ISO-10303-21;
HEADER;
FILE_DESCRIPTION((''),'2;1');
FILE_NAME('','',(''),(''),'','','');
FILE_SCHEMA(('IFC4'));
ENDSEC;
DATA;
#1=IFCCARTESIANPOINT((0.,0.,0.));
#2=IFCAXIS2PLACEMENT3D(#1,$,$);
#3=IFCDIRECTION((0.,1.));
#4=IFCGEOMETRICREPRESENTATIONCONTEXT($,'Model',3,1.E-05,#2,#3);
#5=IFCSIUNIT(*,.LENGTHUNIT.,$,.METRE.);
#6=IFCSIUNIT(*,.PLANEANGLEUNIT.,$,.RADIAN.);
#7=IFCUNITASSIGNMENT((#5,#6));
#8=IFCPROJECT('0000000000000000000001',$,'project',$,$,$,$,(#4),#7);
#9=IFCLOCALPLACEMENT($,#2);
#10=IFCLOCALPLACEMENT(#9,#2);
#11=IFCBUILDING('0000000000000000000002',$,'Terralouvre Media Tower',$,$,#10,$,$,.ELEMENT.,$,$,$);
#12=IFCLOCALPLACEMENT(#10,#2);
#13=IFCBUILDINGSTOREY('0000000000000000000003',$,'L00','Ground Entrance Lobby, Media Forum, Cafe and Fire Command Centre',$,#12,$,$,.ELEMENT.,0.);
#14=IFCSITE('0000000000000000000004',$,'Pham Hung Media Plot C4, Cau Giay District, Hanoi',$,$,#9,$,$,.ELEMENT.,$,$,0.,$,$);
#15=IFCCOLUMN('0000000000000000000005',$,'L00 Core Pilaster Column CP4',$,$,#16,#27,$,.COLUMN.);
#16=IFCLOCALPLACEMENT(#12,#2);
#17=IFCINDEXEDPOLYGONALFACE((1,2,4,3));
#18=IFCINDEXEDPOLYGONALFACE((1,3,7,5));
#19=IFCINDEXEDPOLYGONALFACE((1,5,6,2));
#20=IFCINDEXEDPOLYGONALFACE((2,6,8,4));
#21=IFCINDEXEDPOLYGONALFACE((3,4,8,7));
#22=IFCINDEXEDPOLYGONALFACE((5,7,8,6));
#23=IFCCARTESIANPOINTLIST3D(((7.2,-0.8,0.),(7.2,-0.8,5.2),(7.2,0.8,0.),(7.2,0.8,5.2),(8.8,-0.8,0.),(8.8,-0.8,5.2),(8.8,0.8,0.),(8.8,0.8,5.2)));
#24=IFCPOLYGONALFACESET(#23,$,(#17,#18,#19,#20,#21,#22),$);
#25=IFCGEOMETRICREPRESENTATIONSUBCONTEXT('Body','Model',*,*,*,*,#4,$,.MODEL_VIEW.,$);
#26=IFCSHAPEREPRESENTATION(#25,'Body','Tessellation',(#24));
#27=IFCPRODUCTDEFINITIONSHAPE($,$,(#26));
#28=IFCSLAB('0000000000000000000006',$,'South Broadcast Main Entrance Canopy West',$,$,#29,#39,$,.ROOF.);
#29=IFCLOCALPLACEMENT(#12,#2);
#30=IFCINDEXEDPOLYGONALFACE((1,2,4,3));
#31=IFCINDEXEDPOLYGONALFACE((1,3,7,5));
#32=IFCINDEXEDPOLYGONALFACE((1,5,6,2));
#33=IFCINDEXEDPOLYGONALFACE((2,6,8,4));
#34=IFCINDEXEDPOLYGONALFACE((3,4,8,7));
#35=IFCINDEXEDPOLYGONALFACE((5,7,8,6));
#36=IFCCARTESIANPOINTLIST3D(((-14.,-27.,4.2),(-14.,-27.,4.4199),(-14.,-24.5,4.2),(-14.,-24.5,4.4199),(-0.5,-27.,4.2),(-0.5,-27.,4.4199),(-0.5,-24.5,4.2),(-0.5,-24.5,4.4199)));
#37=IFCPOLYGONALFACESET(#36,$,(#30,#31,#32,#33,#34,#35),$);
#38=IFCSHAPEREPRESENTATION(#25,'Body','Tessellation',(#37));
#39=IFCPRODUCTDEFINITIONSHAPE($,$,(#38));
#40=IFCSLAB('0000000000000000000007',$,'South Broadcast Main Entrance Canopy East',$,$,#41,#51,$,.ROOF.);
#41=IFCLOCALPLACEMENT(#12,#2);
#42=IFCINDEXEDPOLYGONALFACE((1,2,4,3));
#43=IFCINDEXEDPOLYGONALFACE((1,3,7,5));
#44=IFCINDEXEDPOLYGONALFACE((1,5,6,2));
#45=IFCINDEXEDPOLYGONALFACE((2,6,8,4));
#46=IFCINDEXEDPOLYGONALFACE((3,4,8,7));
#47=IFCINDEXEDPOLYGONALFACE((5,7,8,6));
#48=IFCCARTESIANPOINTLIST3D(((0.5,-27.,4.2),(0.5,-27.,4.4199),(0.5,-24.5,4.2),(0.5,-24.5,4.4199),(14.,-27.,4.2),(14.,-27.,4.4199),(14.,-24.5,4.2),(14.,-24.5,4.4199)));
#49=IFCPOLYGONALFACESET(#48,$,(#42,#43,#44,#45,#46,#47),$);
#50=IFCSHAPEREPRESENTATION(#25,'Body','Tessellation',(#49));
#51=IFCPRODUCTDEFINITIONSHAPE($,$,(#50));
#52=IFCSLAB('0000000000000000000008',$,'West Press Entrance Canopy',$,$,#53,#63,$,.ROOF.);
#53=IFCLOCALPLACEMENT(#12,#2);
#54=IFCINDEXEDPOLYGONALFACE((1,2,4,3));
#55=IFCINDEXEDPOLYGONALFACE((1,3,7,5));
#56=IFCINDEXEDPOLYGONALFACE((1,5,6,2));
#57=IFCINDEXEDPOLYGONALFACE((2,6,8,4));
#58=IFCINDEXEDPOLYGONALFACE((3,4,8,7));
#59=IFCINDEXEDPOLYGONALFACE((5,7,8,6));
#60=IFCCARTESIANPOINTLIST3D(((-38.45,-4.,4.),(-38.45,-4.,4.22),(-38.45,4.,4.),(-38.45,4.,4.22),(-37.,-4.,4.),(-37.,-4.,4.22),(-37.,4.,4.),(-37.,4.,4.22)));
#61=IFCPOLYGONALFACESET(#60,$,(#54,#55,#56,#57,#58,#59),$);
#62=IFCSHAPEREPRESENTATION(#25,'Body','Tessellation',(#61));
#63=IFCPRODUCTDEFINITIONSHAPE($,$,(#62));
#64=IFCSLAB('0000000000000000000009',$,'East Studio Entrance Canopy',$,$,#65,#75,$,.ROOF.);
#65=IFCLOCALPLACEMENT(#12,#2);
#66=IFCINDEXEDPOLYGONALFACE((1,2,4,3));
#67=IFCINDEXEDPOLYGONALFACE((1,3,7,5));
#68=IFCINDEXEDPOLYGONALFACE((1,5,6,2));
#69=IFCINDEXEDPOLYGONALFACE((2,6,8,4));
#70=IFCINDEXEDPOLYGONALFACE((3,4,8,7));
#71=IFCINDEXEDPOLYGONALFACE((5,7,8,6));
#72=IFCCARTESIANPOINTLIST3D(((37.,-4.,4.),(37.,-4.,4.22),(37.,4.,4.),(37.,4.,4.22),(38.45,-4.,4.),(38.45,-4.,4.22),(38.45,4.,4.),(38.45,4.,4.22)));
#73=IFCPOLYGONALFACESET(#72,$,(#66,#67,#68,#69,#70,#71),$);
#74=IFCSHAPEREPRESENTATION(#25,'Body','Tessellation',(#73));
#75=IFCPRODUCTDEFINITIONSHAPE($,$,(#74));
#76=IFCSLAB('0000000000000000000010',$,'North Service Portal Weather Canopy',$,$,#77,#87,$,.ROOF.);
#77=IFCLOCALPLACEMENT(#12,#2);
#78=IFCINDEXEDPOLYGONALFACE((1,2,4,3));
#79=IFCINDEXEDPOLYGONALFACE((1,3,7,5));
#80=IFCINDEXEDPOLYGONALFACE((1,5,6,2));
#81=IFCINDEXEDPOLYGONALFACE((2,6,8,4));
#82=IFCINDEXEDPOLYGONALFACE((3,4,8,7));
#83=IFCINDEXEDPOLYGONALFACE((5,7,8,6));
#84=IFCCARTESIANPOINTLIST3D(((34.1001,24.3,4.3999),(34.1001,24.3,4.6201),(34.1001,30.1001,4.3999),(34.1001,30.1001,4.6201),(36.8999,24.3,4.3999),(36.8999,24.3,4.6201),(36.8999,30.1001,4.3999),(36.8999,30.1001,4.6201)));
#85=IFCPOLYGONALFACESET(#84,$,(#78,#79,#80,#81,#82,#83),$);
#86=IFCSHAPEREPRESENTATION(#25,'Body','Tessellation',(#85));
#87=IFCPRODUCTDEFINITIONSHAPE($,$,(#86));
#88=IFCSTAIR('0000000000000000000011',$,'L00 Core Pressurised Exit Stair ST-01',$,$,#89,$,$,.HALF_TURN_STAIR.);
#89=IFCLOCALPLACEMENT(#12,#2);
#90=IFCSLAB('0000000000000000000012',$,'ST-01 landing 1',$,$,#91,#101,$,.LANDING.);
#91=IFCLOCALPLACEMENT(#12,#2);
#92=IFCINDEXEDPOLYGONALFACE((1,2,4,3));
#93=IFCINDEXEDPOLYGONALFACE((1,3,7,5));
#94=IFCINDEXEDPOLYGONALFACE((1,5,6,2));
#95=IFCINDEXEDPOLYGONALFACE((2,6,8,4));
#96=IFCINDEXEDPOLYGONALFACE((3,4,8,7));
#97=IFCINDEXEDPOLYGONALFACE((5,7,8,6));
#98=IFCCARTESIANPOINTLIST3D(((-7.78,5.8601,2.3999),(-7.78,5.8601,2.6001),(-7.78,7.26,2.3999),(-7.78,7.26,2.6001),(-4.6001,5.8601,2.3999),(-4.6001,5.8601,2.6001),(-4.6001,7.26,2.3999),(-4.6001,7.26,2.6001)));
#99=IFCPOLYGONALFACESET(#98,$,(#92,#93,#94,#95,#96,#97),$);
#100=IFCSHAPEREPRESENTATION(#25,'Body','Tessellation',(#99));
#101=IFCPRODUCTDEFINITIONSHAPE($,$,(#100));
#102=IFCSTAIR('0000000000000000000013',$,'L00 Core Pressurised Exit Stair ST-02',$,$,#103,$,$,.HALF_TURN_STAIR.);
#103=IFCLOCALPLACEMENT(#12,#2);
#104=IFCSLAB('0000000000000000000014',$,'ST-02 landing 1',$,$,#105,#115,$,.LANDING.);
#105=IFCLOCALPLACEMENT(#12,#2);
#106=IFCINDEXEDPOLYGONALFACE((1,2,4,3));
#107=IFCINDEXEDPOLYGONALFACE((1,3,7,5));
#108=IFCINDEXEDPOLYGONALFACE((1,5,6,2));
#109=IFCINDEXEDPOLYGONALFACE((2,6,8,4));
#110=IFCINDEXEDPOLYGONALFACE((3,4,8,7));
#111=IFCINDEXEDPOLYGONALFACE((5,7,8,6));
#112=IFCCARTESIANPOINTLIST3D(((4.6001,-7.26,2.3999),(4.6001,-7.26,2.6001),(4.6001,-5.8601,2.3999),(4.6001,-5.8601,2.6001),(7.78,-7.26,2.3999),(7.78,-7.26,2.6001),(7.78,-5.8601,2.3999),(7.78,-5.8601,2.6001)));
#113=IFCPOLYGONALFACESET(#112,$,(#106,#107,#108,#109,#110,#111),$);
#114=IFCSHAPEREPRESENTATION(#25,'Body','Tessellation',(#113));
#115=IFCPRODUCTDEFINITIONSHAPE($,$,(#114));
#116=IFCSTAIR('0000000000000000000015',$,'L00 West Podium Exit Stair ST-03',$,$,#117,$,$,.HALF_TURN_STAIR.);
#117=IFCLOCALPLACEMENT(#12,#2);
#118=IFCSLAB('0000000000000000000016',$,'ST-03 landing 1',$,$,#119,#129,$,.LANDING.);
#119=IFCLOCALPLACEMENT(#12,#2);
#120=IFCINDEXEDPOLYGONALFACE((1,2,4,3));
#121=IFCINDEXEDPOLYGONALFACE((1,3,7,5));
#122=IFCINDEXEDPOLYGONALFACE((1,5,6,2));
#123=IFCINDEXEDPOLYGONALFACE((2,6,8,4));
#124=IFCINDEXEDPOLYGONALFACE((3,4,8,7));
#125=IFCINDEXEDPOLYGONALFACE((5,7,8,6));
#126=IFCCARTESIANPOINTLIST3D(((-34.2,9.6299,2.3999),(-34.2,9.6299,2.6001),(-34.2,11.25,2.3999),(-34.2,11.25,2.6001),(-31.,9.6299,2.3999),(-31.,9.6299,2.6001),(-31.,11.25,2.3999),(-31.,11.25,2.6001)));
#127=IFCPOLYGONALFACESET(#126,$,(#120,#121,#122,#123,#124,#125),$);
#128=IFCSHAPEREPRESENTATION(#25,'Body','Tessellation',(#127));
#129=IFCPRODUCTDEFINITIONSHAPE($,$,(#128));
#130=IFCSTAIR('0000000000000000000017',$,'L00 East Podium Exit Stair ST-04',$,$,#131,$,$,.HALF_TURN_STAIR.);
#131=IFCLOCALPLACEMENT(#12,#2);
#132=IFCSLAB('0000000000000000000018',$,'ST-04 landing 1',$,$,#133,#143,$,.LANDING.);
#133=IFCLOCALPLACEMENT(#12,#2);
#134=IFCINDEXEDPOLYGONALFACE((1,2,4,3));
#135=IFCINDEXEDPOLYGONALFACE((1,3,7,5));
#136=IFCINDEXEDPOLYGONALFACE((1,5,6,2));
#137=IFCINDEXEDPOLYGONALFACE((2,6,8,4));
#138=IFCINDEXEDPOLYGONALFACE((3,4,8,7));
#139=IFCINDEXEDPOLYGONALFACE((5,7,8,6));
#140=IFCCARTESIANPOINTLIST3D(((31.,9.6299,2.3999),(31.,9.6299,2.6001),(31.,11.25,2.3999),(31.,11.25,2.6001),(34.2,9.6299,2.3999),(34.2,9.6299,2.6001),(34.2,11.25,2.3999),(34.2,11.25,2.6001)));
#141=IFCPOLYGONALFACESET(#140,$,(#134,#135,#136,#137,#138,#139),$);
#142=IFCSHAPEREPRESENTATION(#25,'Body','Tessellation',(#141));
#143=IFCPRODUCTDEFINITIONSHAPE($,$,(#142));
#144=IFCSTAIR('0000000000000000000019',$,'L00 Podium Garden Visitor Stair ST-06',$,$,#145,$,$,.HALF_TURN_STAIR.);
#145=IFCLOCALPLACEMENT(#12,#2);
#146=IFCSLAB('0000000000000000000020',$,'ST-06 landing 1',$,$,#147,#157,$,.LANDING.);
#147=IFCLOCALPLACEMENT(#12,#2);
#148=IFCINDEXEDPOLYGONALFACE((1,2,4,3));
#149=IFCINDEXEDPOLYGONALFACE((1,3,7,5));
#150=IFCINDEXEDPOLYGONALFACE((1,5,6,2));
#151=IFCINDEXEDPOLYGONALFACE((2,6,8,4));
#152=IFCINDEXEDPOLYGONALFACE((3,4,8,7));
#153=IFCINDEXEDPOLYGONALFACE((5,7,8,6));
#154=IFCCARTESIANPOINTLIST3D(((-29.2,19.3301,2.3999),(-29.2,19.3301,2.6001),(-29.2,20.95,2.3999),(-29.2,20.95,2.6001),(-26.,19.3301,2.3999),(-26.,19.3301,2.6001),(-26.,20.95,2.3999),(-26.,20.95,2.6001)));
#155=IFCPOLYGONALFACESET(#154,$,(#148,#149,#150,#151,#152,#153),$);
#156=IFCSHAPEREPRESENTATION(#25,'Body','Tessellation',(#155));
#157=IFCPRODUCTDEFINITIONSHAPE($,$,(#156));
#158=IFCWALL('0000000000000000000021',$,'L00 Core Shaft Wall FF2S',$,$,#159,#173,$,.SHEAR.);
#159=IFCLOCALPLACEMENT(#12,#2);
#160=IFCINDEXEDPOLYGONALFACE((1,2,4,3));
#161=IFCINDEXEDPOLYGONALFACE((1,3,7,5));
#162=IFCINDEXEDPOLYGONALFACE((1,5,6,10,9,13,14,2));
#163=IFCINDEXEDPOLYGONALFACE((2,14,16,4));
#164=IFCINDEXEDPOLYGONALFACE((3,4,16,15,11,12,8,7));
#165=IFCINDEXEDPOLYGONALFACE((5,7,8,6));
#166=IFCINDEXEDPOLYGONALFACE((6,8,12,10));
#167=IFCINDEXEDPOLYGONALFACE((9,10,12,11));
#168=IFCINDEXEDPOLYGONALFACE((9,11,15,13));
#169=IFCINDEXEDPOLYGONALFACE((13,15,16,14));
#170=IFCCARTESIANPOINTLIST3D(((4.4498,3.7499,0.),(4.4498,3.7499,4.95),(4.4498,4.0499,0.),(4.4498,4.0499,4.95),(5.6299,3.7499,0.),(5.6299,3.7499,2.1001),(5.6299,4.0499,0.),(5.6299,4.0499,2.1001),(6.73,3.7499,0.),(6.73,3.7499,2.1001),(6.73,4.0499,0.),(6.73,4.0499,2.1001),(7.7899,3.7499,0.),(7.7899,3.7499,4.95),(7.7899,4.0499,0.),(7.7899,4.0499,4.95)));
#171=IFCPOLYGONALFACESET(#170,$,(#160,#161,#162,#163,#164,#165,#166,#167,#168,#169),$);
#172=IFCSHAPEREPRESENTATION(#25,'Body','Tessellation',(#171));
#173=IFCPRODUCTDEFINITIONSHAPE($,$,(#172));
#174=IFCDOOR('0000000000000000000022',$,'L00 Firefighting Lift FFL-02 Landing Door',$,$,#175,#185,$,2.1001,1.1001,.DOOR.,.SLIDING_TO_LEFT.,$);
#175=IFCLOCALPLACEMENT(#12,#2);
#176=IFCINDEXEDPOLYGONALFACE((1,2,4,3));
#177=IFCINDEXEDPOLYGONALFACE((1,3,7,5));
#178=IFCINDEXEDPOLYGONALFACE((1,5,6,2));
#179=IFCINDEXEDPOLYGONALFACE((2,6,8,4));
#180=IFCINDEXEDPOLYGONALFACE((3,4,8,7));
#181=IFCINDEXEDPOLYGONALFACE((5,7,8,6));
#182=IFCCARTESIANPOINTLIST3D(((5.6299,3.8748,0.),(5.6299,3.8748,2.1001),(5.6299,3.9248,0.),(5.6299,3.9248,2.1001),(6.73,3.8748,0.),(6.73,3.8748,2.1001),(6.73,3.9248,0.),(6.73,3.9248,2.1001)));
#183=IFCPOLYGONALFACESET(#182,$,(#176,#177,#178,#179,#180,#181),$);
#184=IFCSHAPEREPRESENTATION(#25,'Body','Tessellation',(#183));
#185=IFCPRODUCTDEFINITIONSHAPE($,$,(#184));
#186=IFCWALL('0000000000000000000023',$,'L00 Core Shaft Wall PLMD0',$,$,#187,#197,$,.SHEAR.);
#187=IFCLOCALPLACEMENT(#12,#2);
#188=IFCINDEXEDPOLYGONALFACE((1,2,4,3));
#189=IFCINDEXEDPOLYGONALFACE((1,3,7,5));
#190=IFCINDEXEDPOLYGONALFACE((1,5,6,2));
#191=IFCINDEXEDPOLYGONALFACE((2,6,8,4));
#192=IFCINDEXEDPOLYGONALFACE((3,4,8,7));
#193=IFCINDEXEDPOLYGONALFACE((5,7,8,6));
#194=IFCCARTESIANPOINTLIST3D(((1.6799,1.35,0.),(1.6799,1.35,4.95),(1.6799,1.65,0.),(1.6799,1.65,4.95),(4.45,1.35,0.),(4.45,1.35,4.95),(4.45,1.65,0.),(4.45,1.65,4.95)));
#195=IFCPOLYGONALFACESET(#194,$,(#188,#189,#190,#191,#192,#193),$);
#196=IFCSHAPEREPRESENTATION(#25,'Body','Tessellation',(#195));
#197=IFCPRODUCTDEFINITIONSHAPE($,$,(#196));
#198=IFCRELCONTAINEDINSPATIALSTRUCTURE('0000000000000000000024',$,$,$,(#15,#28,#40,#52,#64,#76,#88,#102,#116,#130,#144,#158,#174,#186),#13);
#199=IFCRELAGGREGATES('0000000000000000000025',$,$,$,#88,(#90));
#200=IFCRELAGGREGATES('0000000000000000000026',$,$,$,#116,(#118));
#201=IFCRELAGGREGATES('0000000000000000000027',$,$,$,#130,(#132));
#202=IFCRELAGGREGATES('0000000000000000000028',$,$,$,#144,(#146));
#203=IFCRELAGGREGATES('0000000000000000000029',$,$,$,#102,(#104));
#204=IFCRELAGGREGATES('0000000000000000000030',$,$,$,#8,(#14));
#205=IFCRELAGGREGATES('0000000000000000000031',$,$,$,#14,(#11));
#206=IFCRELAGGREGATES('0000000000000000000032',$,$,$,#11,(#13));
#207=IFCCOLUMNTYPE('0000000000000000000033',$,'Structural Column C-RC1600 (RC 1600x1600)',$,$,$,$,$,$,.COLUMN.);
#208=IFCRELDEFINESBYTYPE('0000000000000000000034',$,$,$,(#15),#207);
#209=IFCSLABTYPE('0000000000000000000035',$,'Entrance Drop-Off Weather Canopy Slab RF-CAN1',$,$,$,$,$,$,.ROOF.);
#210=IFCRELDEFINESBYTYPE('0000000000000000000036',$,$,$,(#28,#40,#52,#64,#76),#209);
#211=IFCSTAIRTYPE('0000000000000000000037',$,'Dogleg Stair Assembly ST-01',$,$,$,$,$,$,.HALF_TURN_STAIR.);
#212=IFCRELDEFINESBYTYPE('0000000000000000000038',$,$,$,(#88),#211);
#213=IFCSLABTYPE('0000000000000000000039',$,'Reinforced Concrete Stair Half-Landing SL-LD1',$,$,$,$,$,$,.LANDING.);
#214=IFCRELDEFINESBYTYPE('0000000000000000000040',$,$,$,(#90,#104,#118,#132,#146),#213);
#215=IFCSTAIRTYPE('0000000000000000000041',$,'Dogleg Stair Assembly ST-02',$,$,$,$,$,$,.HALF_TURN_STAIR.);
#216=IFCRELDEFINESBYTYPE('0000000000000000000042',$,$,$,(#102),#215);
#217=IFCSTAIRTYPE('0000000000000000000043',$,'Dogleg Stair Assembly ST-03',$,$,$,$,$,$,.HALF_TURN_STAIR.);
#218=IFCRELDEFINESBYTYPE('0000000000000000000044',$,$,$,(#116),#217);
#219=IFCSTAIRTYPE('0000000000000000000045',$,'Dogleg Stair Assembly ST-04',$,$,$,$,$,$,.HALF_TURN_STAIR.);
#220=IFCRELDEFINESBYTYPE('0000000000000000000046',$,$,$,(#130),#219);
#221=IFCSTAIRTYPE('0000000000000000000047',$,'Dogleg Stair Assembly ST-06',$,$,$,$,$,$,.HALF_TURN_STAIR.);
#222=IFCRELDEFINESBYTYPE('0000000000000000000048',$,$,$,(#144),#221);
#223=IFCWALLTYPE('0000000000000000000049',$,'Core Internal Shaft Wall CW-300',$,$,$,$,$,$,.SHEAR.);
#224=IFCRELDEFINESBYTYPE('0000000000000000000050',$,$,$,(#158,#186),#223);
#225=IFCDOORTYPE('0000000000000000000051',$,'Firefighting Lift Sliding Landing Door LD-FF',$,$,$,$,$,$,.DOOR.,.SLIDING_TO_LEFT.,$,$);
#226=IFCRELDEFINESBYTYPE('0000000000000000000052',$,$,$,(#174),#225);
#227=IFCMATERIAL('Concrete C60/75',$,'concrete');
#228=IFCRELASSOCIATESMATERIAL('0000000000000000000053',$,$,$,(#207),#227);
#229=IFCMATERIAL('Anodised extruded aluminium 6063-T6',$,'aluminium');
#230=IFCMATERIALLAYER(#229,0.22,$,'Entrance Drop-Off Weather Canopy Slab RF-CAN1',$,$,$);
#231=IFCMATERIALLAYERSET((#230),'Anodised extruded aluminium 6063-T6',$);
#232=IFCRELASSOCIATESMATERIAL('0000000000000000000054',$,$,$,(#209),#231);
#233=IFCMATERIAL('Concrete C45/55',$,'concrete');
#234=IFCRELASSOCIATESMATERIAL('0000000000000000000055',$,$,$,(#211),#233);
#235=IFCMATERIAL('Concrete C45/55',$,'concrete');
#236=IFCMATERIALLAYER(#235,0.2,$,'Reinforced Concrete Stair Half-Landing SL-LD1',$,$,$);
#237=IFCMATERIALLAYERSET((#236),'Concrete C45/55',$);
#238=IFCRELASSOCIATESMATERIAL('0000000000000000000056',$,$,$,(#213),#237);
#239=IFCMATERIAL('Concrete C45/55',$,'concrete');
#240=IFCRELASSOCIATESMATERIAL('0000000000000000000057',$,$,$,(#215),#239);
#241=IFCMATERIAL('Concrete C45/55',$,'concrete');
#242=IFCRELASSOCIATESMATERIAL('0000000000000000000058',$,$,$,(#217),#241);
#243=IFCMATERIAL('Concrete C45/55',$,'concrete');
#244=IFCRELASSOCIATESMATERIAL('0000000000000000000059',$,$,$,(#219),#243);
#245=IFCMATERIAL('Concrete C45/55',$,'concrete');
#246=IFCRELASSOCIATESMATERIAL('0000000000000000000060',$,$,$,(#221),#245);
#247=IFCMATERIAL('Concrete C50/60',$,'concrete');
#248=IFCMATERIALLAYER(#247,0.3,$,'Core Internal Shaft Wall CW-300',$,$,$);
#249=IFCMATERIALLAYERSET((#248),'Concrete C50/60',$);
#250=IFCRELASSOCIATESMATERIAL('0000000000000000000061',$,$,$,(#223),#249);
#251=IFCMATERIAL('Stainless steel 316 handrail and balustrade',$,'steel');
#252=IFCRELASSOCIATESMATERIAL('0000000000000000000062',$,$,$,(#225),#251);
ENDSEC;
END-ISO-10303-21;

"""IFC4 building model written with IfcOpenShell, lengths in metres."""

from ifc_helpers import new_model, si_unit, direction, frame, frame_2d, origin, origin_2d, place, context, subcontext, project, spatial, polyline, rectangle, outline, extrude, material, layer, layer_set, material_profile, profile_set, type_object, element, fill, aggregate, save


model = new_model("IFC4")

# Units and contexts
model_context = context("Model", 3, precision=1e-05, world=origin(), true_north=direction((0.0, 1.0)))
body_context = subcontext(model_context, "Body", "Model", "MODEL_VIEW")
ifc_project = project(units=[si_unit("LENGTHUNIT", "METRE"), si_unit("PLANEANGLEUNIT", "RADIAN")], contexts=[model_context])

# Site, building, storey
site_placement = place(None, origin())
site = spatial("IfcSite", under=ifc_project, at=site_placement, Name="Pham Hung Media Plot C4, Cau Giay District, Hanoi", CompositionType="ELEMENT", RefElevation=0.0)
building_placement = place(site_placement, origin())
building = spatial("IfcBuilding", under=site, at=building_placement, Name="Terralouvre Media Tower", CompositionType="ELEMENT")
storey_placement = place(building_placement, origin())
storey = spatial("IfcBuildingStorey", under=building, at=storey_placement, Name="L00", Description="Ground Entrance Lobby, Media Forum, Cafe and Fire Command Centre", CompositionType="ELEMENT", Elevation=0.0)

# Column
ifc_material_1 = material(Name="Concrete C60/75", Category="concrete")
ifc_material_profile = material_profile(ifc_material_1, rectangle(XDim=1.6001, YDim=1.6001, at=origin_2d()), Name="RC 1600x1600")
ifc_profile_set = profile_set([ifc_material_profile], Name="Concrete C60/75")
column_type = type_object("IfcColumnType", Name="Structural Column C-RC1600 (RC 1600x1600)", PredefinedType="COLUMN", material=ifc_profile_set)
column_placement = place(storey_placement, frame((8.0, 0.0, 0.0), z_axis=(0.0, 0.0, 1.0), x_axis=(1.0, 0.0, 0.0)))
element("IfcColumn", 1, at=column_placement, inside=storey, type_object=column_type, Name="L00 Core Pilaster Column CP4", PredefinedType="COLUMN", context=body_context, shape_type="SweptSolid", body=[
    extrude(rectangle(XDim=1.6001, YDim=1.6001, at=origin_2d()), origin(), (0.0, 0.0, 1.0), 5.2),
])

# Slabs
ifc_material_2 = material(Name="Anodised extruded aluminium 6063-T6", Category="aluminium")
ifc_layer_1 = layer(ifc_material_2, 0.22, Name="Entrance Drop-Off Weather Canopy Slab RF-CAN1")
ifc_layer_set_1 = layer_set([ifc_layer_1], Name="Anodised extruded aluminium 6063-T6")
slab_type_1 = type_object("IfcSlabType", Name="Entrance Drop-Off Weather Canopy Slab RF-CAN1", PredefinedType="ROOF", material=ifc_layer_set_1)
slab_1_placement = place(storey_placement, frame((0.0, 0.0, 4.2)))
element("IfcSlab", 2, at=slab_1_placement, inside=storey, type_object=slab_type_1, Name="South Broadcast Main Entrance Canopy West", PredefinedType="ROOF", context=body_context, shape_type="SweptSolid", body=[
    extrude(outline(polyline([(-14.0, -27.0), (-0.5, -27.0), (-0.5, -24.5), (-14.0, -24.5), (-14.0, -27.0)])), origin(), (0.0, 0.0, 1.0), 0.22),
])
slab_2_placement = place(storey_placement, frame((0.0, 0.0, 4.2)))
element("IfcSlab", 3, at=slab_2_placement, inside=storey, type_object=slab_type_1, Name="South Broadcast Main Entrance Canopy East", PredefinedType="ROOF", context=body_context, shape_type="SweptSolid", body=[
    extrude(outline(polyline([(0.5, -27.0), (14.0, -27.0), (14.0, -24.5), (0.5, -24.5), (0.5, -27.0)])), origin(), (0.0, 0.0, 1.0), 0.22),
])
slab_3_placement = place(storey_placement, frame((0.0, 0.0, 4.0)))
element("IfcSlab", 4, at=slab_3_placement, inside=storey, type_object=slab_type_1, Name="West Press Entrance Canopy", PredefinedType="ROOF", context=body_context, shape_type="SweptSolid", body=[
    extrude(outline(polyline([(-38.45, -4.0), (-37.0, -4.0), (-37.0, 4.0), (-38.45, 4.0), (-38.45, -4.0)])), origin(), (0.0, 0.0, 1.0), 0.22),
])
slab_4_placement = place(storey_placement, frame((0.0, 0.0, 4.0)))
element("IfcSlab", 5, at=slab_4_placement, inside=storey, type_object=slab_type_1, Name="East Studio Entrance Canopy", PredefinedType="ROOF", context=body_context, shape_type="SweptSolid", body=[
    extrude(outline(polyline([(37.0, -4.0), (38.45, -4.0), (38.45, 4.0), (37.0, 4.0), (37.0, -4.0)])), origin(), (0.0, 0.0, 1.0), 0.22),
])
slab_5_placement = place(storey_placement, frame((0.0, 0.0, 4.3999)))
element("IfcSlab", 6, at=slab_5_placement, inside=storey, type_object=slab_type_1, Name="North Service Portal Weather Canopy", PredefinedType="ROOF", context=body_context, shape_type="SweptSolid", body=[
    extrude(outline(polyline([(34.1001, 24.3), (36.8999, 24.3), (36.8999, 30.1001), (34.1001, 30.1001), (34.1001, 24.3)])), origin(), (0.0, 0.0, 1.0), 0.2202),
])

# Stairs, slabs
ifc_material_3 = material(Name="Concrete C45/55", Category="concrete")
stair_type_1 = type_object("IfcStairType", Name="Dogleg Stair Assembly ST-01", PredefinedType="HALF_TURN_STAIR", material=ifc_material_3)
stair_1_placement = place(storey_placement, origin())
stair_1 = element("IfcStair", 7, at=stair_1_placement, inside=storey, type_object=stair_type_1, Name="L00 Core Pressurised Exit Stair ST-01", PredefinedType="HALF_TURN_STAIR")
ifc_material_4 = material(Name="Concrete C45/55", Category="concrete")
ifc_layer_2 = layer(ifc_material_4, 0.2, Name="Reinforced Concrete Stair Half-Landing SL-LD1")
ifc_layer_set_2 = layer_set([ifc_layer_2], Name="Concrete C45/55")
slab_type_2 = type_object("IfcSlabType", Name="Reinforced Concrete Stair Half-Landing SL-LD1", PredefinedType="LANDING", material=ifc_layer_set_2)
slab_6_placement = place(storey_placement, frame((0.0, 0.0, 2.3999)))
slab_6 = element("IfcSlab", 8, at=slab_6_placement, type_object=slab_type_2, Name="ST-01 landing 1", PredefinedType="LANDING", context=body_context, shape_type="SweptSolid", body=[
    extrude(outline(polyline([(-4.6001, 5.8601), (-4.6001, 7.26), (-7.78, 7.26), (-7.78, 5.8601), (-4.6001, 5.8601)])), origin(), (0.0, 0.0, 1.0), 0.2002),
])
aggregate(stair_1, [slab_6])
ifc_material_5 = material(Name="Concrete C45/55", Category="concrete")
stair_type_2 = type_object("IfcStairType", Name="Dogleg Stair Assembly ST-02", PredefinedType="HALF_TURN_STAIR", material=ifc_material_5)
stair_2_placement = place(storey_placement, origin())
stair_2 = element("IfcStair", 9, at=stair_2_placement, inside=storey, type_object=stair_type_2, Name="L00 Core Pressurised Exit Stair ST-02", PredefinedType="HALF_TURN_STAIR")
slab_7_placement = place(storey_placement, frame((0.0, 0.0, 2.3999)))
slab_7 = element("IfcSlab", 10, at=slab_7_placement, type_object=slab_type_2, Name="ST-02 landing 1", PredefinedType="LANDING", context=body_context, shape_type="SweptSolid", body=[
    extrude(outline(polyline([(4.6001, -5.8601), (4.6001, -7.26), (7.78, -7.26), (7.78, -5.8601), (4.6001, -5.8601)])), origin(), (0.0, 0.0, 1.0), 0.2002),
])
ifc_material_6 = material(Name="Concrete C45/55", Category="concrete")
stair_type_3 = type_object("IfcStairType", Name="Dogleg Stair Assembly ST-03", PredefinedType="HALF_TURN_STAIR", material=ifc_material_6)
stair_3_placement = place(storey_placement, origin())
stair_3 = element("IfcStair", 11, at=stair_3_placement, inside=storey, type_object=stair_type_3, Name="L00 West Podium Exit Stair ST-03", PredefinedType="HALF_TURN_STAIR")
slab_8_placement = place(storey_placement, frame((0.0, 0.0, 2.3999)))
slab_8 = element("IfcSlab", 12, at=slab_8_placement, type_object=slab_type_2, Name="ST-03 landing 1", PredefinedType="LANDING", context=body_context, shape_type="SweptSolid", body=[
    extrude(outline(polyline([(-31.0, 9.6299), (-31.0, 11.25), (-34.2, 11.25), (-34.2, 9.6299), (-31.0, 9.6299)])), origin(), (0.0, 0.0, 1.0), 0.2002),
])
aggregate(stair_3, [slab_8])
ifc_material_7 = material(Name="Concrete C45/55", Category="concrete")
stair_type_4 = type_object("IfcStairType", Name="Dogleg Stair Assembly ST-04", PredefinedType="HALF_TURN_STAIR", material=ifc_material_7)
stair_4_placement = place(storey_placement, origin())
stair_4 = element("IfcStair", 13, at=stair_4_placement, inside=storey, type_object=stair_type_4, Name="L00 East Podium Exit Stair ST-04", PredefinedType="HALF_TURN_STAIR")
slab_9_placement = place(storey_placement, frame((0.0, 0.0, 2.3999)))
slab_9 = element("IfcSlab", 14, at=slab_9_placement, type_object=slab_type_2, Name="ST-04 landing 1", PredefinedType="LANDING", context=body_context, shape_type="SweptSolid", body=[
    extrude(outline(polyline([(34.2, 9.6299), (34.2, 11.25), (31.0, 11.25), (31.0, 9.6299), (34.2, 9.6299)])), origin(), (0.0, 0.0, 1.0), 0.2002),
])
aggregate(stair_4, [slab_9])
ifc_material_8 = material(Name="Concrete C45/55", Category="concrete")
stair_type_5 = type_object("IfcStairType", Name="Dogleg Stair Assembly ST-06", PredefinedType="HALF_TURN_STAIR", material=ifc_material_8)
stair_5_placement = place(storey_placement, origin())
stair_5 = element("IfcStair", 15, at=stair_5_placement, inside=storey, type_object=stair_type_5, Name="L00 Podium Garden Visitor Stair ST-06", PredefinedType="HALF_TURN_STAIR")
slab_10_placement = place(storey_placement, frame((0.0, 0.0, 2.3999)))
slab_10 = element("IfcSlab", 16, at=slab_10_placement, type_object=slab_type_2, Name="ST-06 landing 1", PredefinedType="LANDING", context=body_context, shape_type="SweptSolid", body=[
    extrude(outline(polyline([(-26.0, 19.3301), (-26.0, 20.95), (-29.2, 20.95), (-29.2, 19.3301), (-26.0, 19.3301)])), origin(), (0.0, 0.0, 1.0), 0.2002),
])
aggregate(stair_5, [slab_10])

# Wall, opening, door
ifc_material_9 = material(Name="Concrete C50/60", Category="concrete")
ifc_layer_3 = layer(ifc_material_9, 0.3, Name="Core Internal Shaft Wall CW-300")
ifc_layer_set_3 = layer_set([ifc_layer_3], Name="Concrete C50/60")
wall_type = type_object("IfcWallType", Name="Core Internal Shaft Wall CW-300", PredefinedType="SHEAR", material=ifc_layer_set_3)
wall_1_placement = place(storey_placement, frame((4.45, 3.8999, 0.0), z_axis=(0.0, 0.0, 1.0), x_axis=(1.0, 0.0, 0.0)))
wall_1 = element("IfcWall", 17, at=wall_1_placement, inside=storey, type_object=wall_type, Name="L00 Core Shaft Wall FF2S", PredefinedType="SHEAR", context=body_context, shape_type="SweptSolid", body=[
    extrude(rectangle(XDim=3.3401, YDim=0.3, at=frame_2d((1.6699, 0.0))), origin(), (0.0, 0.0, 1.0), 4.95),
])
opening_1_placement = place(wall_1_placement, frame((1.1799, 0.0, 0.0)))
opening_1 = element("IfcOpeningElement", 18, at=opening_1_placement, cuts=wall_1, PredefinedType="OPENING", context=body_context, shape_type="SweptSolid", body=[
    extrude(rectangle(XDim=1.1001, YDim=2.1001, at=frame_2d((0.55, 1.05))), frame((0.0, 0.1599, 0.0), z_axis=(0.0, -1.0, 0.0), x_axis=(1.0, 0.0, 0.0)), (0.0, 0.0, 1.0), 0.3201),
])
ifc_material_10 = material(Name="Stainless steel 316 handrail and balustrade", Category="steel")
door_type_1 = type_object("IfcDoorType", Name="Firefighting Lift Sliding Landing Door LD-FF", OperationType="SLIDING_TO_LEFT", PredefinedType="DOOR", material=ifc_material_10)
door_1_placement = place(opening_1_placement, origin())
door_1 = element("IfcDoor", 19, at=door_1_placement, inside=storey, type_object=door_type_1, Name="L00 Firefighting Lift FFL-02 Landing Door", OperationType="SLIDING_TO_LEFT", OverallHeight=2.1001, OverallWidth=1.1001, PredefinedType="DOOR", context=body_context, shape_type="SweptSolid", body=[
    extrude(rectangle(XDim=1.1001, YDim=2.1001, at=frame_2d((0.55, 1.05))), frame((0.0, 0.0249, 0.0), z_axis=(0.0, -1.0, 0.0), x_axis=(1.0, 0.0, 0.0)), (0.0, 0.0, 1.0), 0.05),
])
fill(opening_1, door_1)

# Wall
for number, where, z_axis, x_axis, name in (
    (20, (1.6799, 1.5, 0.0), (0.0, 0.0, 1.0), (1.0, 0.0, 0.0), "L00 Core Shaft Wall PLMD0"),
):
    element("IfcWall", number, at=place(storey_placement, frame(where, z_axis=z_axis, x_axis=x_axis)), inside=storey, type_object=wall_type, Name=name, PredefinedType="SHEAR", context=body_context, shape_type="SweptSolid", body=[
        extrude(rectangle(XDim=2.77, YDim=0.3, at=frame_2d((1.385, 0.0))), origin(), (0.0, 0.0, 1.0), 4.95),
    ])

aggregate(stair_2, [slab_7])

save(model, "model.ifc")
